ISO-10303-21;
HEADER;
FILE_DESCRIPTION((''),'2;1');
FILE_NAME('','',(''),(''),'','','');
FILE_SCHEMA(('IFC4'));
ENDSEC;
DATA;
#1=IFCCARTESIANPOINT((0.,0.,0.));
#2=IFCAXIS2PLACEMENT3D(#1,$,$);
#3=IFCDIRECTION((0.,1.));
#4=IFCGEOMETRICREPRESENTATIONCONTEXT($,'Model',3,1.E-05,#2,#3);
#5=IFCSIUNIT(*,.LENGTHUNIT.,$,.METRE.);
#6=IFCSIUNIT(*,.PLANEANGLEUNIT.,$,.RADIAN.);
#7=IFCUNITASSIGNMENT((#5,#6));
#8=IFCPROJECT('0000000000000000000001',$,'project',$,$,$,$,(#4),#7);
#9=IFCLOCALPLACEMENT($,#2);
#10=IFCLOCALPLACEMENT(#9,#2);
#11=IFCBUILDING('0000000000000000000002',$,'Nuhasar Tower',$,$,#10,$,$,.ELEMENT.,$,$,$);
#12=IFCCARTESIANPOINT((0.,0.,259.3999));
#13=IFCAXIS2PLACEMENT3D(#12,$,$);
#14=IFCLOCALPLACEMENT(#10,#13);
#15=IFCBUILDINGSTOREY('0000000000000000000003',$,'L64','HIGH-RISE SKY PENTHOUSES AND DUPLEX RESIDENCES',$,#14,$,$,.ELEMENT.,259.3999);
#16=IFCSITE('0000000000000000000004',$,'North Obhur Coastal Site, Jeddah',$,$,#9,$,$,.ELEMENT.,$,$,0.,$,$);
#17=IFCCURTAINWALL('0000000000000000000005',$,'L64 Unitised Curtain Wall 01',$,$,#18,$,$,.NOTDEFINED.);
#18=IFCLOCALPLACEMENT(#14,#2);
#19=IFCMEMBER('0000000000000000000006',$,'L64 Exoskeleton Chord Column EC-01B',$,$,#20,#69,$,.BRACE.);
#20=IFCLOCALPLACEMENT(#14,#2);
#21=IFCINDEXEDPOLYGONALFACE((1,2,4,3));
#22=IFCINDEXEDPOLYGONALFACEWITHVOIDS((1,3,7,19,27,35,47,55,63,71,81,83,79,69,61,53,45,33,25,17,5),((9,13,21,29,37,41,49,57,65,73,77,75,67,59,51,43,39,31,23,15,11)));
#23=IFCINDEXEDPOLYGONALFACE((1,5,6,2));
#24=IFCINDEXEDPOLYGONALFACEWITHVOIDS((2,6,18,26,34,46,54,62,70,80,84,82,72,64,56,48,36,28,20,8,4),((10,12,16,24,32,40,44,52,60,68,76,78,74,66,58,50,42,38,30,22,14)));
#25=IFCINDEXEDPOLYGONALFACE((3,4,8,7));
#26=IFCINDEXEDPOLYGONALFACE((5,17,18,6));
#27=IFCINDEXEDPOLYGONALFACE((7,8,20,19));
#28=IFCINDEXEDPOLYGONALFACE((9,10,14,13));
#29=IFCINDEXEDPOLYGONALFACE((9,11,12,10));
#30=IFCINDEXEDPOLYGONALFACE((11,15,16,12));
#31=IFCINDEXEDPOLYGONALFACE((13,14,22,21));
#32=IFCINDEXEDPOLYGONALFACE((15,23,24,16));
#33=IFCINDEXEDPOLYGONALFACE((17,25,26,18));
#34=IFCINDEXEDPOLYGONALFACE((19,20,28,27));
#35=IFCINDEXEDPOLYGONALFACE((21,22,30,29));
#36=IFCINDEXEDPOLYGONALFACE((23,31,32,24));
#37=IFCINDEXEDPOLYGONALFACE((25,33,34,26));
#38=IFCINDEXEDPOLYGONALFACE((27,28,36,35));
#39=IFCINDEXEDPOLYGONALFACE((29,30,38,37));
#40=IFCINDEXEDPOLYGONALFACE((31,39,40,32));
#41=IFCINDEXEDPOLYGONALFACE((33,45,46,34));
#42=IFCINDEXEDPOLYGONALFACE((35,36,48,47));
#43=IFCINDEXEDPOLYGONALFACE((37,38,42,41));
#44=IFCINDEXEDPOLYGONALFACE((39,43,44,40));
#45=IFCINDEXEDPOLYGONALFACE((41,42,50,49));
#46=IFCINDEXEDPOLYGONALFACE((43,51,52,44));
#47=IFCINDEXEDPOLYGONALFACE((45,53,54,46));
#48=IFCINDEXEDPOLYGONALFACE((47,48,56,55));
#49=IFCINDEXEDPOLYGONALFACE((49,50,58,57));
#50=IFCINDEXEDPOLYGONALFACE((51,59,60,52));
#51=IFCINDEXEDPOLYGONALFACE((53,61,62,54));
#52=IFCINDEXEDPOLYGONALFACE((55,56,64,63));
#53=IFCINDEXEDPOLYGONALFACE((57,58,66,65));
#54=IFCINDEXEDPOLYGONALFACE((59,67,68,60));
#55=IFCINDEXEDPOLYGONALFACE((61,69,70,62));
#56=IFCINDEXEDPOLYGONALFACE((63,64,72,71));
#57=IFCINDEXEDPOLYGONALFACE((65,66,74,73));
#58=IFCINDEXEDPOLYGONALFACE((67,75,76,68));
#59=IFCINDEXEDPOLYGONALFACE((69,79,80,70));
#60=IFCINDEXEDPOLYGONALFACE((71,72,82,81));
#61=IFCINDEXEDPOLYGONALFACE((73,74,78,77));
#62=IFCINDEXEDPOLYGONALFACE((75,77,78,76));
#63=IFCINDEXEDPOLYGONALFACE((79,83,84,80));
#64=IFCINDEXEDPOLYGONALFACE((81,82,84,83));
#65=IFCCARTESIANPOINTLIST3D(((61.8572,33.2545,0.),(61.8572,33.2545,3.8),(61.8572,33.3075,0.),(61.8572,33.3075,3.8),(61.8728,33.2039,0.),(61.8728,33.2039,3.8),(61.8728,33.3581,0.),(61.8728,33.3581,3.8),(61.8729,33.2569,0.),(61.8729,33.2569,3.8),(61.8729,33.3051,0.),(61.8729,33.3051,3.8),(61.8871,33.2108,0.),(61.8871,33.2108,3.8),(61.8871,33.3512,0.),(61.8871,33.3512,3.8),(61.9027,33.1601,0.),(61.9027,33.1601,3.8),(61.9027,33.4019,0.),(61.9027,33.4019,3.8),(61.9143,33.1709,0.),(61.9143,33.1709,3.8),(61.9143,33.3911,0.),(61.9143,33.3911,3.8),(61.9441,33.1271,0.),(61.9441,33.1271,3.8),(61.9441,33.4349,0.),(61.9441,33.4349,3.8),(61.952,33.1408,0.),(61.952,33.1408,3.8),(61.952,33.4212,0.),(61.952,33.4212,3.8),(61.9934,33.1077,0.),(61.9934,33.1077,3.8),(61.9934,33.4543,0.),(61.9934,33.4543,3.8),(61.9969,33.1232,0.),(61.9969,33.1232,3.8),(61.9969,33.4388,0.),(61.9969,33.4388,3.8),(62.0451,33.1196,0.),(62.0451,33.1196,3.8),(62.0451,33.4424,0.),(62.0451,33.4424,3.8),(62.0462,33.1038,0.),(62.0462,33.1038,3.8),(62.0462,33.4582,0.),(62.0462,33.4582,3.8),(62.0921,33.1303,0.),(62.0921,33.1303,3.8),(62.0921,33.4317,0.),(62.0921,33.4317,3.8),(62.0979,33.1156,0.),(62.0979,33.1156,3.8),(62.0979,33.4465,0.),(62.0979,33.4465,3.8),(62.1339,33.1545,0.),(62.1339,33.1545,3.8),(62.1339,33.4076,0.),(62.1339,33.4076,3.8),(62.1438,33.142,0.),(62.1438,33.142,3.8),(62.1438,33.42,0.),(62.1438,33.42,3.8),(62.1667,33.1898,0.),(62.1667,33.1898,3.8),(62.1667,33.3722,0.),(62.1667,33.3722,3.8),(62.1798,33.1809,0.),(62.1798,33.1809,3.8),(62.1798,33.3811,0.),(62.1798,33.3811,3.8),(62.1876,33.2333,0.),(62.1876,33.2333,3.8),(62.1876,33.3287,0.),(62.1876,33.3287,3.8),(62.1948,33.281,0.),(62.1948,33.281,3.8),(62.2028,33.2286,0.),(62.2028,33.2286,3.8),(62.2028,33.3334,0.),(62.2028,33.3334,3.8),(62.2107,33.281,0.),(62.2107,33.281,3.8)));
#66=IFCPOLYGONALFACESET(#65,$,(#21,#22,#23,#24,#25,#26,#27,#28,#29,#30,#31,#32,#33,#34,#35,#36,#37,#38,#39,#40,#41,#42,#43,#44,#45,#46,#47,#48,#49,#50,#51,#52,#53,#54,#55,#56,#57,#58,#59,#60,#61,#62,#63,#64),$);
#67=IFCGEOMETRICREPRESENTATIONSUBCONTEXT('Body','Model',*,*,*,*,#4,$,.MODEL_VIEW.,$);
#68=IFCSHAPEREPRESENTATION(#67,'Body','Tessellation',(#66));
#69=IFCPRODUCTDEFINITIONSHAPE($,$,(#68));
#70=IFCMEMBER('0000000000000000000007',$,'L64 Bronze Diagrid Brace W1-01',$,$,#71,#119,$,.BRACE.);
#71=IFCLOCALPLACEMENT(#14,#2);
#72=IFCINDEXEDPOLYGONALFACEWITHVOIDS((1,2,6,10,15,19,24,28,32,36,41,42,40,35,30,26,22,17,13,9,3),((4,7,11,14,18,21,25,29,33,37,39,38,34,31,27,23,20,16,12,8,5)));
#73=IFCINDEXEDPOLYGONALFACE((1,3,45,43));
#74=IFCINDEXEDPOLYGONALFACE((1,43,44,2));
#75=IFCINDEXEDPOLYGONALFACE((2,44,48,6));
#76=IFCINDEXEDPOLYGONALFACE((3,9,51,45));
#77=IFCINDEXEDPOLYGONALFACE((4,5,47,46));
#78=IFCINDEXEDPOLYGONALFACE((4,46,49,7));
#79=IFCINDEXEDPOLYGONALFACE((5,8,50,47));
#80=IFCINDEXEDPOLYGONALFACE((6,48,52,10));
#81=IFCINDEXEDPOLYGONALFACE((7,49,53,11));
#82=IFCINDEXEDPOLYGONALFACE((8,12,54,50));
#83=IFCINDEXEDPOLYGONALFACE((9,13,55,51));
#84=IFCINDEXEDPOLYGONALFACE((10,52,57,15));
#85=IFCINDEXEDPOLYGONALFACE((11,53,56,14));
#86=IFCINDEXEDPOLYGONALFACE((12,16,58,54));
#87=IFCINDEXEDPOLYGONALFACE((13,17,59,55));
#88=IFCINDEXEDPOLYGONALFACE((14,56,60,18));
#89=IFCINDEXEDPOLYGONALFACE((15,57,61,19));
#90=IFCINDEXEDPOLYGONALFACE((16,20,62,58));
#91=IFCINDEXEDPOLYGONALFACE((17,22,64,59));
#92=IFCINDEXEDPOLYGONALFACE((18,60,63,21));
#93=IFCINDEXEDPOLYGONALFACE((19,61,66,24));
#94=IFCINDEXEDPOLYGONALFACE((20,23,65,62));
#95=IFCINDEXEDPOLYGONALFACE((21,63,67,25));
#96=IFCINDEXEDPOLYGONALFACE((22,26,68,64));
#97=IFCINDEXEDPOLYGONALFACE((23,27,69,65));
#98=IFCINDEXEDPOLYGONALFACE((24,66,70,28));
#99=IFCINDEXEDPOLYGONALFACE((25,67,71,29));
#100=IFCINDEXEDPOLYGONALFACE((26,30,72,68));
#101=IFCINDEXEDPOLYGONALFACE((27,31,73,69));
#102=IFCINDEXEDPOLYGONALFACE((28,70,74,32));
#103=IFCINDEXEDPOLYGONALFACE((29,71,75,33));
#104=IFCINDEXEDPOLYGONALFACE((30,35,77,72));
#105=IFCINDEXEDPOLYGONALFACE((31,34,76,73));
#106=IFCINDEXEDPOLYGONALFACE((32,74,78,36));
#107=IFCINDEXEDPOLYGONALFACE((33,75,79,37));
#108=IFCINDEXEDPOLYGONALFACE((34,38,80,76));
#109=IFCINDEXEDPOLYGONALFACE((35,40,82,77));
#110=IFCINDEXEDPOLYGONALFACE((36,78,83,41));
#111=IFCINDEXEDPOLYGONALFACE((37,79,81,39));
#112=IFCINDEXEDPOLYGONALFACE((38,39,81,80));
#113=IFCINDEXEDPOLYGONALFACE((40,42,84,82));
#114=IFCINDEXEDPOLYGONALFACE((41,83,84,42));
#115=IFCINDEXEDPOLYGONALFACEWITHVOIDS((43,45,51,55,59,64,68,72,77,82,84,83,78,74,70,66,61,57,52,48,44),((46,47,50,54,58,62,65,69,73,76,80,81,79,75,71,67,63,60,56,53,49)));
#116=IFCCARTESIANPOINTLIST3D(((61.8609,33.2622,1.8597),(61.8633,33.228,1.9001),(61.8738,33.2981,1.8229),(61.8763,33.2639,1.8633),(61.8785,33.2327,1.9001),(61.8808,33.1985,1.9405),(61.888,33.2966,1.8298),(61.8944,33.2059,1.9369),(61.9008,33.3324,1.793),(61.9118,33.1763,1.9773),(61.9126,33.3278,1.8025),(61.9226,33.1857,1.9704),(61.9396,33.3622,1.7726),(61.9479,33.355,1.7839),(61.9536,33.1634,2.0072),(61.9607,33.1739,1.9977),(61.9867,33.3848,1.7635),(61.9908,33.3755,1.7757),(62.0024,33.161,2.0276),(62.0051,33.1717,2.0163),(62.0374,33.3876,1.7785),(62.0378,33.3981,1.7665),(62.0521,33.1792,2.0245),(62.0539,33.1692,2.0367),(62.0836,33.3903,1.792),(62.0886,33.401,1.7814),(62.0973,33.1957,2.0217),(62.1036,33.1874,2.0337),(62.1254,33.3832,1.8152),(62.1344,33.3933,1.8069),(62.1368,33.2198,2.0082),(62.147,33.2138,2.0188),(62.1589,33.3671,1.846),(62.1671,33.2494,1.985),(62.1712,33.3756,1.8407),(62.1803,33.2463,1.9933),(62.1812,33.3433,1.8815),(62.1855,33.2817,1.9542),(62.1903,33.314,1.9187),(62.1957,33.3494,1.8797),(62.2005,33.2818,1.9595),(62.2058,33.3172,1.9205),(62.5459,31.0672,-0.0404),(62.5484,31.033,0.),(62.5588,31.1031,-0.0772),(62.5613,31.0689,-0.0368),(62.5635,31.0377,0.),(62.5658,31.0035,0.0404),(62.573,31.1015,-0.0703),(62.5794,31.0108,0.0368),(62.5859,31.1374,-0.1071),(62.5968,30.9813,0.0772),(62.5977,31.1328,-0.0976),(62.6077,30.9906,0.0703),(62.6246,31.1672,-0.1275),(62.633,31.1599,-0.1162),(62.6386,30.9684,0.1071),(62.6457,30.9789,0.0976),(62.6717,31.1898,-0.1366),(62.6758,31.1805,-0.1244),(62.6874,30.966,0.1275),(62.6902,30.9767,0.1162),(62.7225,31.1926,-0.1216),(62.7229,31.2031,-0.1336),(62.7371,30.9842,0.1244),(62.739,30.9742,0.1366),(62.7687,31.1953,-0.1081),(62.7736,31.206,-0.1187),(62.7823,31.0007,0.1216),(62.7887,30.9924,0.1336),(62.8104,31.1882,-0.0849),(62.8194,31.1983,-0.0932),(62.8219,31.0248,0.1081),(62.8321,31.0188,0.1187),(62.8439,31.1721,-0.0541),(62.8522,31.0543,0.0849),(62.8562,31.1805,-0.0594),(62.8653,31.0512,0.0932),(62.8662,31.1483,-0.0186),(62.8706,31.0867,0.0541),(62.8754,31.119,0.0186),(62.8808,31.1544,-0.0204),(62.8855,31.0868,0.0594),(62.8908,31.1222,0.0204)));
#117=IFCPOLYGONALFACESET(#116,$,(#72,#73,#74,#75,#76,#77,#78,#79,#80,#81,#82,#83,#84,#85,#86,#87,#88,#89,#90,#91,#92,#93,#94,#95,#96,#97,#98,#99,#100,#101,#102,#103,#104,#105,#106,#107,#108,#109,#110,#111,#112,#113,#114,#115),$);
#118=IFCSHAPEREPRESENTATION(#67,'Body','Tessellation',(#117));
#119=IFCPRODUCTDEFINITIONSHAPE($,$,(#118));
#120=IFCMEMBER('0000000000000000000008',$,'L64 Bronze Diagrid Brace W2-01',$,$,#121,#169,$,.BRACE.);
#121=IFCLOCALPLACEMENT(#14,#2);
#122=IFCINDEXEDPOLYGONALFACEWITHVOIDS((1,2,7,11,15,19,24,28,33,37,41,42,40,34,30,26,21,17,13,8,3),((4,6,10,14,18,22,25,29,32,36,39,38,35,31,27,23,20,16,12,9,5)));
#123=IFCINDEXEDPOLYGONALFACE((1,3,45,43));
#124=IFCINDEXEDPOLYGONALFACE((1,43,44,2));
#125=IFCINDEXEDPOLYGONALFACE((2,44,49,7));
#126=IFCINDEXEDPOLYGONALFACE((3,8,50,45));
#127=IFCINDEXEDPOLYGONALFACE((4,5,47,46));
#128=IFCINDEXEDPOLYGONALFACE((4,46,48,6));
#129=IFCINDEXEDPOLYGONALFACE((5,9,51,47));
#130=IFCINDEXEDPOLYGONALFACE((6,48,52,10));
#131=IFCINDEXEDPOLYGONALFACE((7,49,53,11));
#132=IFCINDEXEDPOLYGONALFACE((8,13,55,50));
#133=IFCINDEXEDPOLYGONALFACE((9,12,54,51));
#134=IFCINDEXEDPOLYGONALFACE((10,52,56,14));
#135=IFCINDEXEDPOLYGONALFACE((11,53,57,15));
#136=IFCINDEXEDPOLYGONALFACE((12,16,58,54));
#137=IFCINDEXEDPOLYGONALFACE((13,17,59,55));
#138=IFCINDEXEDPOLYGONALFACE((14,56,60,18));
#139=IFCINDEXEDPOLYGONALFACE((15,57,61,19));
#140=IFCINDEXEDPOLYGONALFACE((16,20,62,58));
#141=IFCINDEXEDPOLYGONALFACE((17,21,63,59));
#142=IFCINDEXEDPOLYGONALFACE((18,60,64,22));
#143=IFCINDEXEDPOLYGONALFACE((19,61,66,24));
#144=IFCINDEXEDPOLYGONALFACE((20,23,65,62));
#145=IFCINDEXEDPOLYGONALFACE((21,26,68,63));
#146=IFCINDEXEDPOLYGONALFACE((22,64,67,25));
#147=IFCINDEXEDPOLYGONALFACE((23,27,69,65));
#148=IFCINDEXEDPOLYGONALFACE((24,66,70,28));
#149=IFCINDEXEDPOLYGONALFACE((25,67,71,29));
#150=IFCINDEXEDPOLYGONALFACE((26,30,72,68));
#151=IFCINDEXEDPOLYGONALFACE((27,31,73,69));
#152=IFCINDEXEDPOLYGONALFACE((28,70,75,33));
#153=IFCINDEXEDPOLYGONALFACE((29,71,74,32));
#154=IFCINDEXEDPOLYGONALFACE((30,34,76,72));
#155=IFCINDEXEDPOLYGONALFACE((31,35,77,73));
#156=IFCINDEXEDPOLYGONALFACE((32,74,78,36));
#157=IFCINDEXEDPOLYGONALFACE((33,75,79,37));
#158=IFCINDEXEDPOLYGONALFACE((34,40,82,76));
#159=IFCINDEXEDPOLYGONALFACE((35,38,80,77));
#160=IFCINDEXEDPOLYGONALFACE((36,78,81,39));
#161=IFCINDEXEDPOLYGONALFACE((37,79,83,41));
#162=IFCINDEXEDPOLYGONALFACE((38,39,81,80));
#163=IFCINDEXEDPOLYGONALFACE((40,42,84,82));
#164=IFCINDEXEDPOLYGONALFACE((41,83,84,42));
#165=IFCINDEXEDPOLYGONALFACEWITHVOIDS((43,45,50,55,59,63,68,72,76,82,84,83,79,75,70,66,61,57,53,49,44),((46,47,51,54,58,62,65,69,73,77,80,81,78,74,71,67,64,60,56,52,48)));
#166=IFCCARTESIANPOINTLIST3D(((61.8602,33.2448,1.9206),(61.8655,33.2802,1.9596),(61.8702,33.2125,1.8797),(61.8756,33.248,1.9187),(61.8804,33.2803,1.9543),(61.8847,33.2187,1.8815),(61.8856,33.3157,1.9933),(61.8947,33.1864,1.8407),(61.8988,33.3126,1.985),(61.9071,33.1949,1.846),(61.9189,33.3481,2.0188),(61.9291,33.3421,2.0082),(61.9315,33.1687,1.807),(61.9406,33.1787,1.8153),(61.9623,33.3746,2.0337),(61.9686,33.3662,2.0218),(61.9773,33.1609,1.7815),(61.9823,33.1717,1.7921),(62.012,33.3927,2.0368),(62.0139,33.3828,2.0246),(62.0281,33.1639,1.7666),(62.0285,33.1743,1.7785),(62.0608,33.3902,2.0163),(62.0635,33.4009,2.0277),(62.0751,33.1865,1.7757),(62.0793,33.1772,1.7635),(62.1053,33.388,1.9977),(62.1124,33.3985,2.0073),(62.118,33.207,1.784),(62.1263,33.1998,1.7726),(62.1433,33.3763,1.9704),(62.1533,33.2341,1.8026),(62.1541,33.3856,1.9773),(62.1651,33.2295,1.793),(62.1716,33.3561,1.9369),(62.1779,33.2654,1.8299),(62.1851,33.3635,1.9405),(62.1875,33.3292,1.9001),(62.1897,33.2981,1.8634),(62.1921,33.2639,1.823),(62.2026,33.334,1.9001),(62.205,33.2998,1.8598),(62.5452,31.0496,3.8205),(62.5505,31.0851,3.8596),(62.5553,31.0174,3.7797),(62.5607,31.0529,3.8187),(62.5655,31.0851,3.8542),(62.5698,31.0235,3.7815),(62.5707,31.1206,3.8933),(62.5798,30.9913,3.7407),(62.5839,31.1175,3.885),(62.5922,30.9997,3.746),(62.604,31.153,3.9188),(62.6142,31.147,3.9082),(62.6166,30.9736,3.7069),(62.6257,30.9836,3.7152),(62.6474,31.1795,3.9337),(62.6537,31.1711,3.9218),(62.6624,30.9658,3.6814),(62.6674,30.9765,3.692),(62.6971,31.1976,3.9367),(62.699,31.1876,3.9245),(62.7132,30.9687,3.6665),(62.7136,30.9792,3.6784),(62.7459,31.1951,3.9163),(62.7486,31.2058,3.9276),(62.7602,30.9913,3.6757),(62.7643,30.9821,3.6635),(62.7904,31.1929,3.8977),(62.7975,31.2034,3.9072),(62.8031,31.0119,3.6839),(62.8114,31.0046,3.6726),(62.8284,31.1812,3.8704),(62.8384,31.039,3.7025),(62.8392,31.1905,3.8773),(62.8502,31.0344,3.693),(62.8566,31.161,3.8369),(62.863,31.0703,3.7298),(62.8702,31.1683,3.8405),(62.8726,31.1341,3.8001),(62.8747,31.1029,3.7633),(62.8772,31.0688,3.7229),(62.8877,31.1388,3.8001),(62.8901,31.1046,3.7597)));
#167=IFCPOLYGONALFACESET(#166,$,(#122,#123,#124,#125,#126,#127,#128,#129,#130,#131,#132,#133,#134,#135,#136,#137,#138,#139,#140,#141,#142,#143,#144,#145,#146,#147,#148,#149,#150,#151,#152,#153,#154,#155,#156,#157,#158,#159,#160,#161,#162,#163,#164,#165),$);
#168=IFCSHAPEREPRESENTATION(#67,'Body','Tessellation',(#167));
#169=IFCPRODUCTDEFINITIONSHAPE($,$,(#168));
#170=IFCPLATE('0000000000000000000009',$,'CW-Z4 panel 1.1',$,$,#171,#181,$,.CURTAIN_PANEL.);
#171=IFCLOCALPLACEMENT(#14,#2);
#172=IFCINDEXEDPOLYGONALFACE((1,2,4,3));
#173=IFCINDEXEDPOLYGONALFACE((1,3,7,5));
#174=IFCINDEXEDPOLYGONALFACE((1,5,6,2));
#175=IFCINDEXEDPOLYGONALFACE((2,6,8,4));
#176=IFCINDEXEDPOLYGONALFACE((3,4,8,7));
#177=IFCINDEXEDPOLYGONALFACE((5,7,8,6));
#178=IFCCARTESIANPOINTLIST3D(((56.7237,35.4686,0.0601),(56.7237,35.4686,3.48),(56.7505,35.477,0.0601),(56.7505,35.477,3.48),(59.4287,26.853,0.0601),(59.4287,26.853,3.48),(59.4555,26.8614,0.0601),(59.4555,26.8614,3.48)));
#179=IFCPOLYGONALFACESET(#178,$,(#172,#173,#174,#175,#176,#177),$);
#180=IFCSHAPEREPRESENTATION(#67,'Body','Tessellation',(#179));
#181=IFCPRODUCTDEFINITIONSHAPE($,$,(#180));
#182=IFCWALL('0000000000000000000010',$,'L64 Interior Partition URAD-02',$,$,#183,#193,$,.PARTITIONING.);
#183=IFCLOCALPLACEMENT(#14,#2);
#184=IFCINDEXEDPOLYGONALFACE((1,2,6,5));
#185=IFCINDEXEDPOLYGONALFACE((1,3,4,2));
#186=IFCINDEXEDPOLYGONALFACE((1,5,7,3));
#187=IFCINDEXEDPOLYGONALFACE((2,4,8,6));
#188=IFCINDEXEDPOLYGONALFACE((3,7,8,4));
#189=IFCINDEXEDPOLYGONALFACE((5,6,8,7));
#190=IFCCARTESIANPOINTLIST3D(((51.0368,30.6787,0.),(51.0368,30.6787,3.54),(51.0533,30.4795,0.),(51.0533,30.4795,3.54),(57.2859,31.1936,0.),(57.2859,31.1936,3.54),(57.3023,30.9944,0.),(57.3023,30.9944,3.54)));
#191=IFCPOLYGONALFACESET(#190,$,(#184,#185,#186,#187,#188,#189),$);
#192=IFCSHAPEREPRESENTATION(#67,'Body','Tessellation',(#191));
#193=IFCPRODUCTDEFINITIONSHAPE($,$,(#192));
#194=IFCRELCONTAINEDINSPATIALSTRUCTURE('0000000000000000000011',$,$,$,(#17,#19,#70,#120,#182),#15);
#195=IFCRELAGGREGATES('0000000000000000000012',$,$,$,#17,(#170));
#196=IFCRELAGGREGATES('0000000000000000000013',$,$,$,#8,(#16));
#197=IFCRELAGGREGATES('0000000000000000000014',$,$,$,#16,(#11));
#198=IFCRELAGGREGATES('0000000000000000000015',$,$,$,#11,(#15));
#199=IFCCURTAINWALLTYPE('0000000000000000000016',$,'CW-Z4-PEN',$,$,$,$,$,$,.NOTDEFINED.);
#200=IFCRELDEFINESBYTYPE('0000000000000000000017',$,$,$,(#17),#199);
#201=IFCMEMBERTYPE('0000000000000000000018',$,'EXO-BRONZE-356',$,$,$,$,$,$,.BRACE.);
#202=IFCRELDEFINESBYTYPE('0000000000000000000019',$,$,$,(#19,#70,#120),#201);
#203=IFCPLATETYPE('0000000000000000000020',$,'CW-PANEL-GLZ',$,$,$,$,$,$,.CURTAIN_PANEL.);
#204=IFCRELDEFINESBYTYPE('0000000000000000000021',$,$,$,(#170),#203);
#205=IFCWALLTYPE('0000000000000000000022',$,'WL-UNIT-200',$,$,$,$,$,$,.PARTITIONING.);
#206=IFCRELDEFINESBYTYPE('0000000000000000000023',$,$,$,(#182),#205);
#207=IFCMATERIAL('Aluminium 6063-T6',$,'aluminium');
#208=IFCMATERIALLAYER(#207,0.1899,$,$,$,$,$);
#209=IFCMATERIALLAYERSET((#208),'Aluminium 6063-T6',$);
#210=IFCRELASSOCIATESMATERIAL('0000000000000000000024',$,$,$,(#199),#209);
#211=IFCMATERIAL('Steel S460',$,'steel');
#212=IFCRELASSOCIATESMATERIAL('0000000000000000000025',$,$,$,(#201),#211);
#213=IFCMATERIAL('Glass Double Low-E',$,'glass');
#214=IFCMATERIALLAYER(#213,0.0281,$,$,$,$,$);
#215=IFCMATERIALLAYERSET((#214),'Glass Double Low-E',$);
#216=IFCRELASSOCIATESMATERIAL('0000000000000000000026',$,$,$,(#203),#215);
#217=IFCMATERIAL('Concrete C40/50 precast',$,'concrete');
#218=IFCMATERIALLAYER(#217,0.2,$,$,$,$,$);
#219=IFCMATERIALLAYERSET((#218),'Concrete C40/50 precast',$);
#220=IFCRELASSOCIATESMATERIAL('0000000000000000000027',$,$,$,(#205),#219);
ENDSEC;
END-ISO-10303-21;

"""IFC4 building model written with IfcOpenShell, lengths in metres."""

from ifc_helpers import new_model, si_unit, direction, frame, frame_2d, origin, origin_2d, place, context, subcontext, project, spatial, rectangle, hollow_circle, extrude, material, layer, layer_set, material_profile, profile_set, type_object, element, aggregate, save


model = new_model("IFC4")

# Units and contexts
model_context = context("Model", 3, precision=1e-05, world=origin(), true_north=direction((0.0, 1.0)))
body_context = subcontext(model_context, "Body", "Model", "MODEL_VIEW")
ifc_project = project(units=[si_unit("LENGTHUNIT", "METRE"), si_unit("PLANEANGLEUNIT", "RADIAN")], contexts=[model_context])

# Site, building, storey
site_placement = place(None, origin())
site = spatial("IfcSite", under=ifc_project, at=site_placement, Name="North Obhur Coastal Site, Jeddah", CompositionType="ELEMENT", RefElevation=0.0)
building_placement = place(site_placement, origin())
building = spatial("IfcBuilding", under=site, at=building_placement, Name="Nuhasar Tower", CompositionType="ELEMENT")
storey_placement = place(building_placement, frame((0.0, 0.0, 259.3999)))
storey = spatial("IfcBuildingStorey", under=building, at=storey_placement, Name="L64", Description="HIGH-RISE SKY PENTHOUSES AND DUPLEX RESIDENCES", CompositionType="ELEMENT", Elevation=259.3999)

# Curtain wall
ifc_material_1 = material(Name="Aluminium 6063-T6", Category="aluminium")
ifc_layer_1 = layer(ifc_material_1, 0.1899)
ifc_layer_set_1 = layer_set([ifc_layer_1], Name="Aluminium 6063-T6")
curtain_wall_type = type_object("IfcCurtainWallType", Name="CW-Z4-PEN", PredefinedType="NOTDEFINED", material=ifc_layer_set_1)
curtain_wall_placement = place(storey_placement, origin())
curtain_wall = element("IfcCurtainWall", 1, at=curtain_wall_placement, inside=storey, type_object=curtain_wall_type, Name="L64 Unitised Curtain Wall 01", PredefinedType="NOTDEFINED")

# Members
ifc_material_2 = material(Name="Steel S460", Category="steel")
ifc_material_profile_1 = material_profile(ifc_material_2, hollow_circle(Radius=0.1777, WallThickness=0.0159, at=origin_2d()), Name="HSS355.6X15.9")
ifc_profile_set_1 = profile_set([ifc_material_profile_1], Name="Steel S460")
member_type_1 = type_object("IfcMemberType", Name="EXO-BRONZE-356", PredefinedType="BRACE", material=ifc_profile_set_1)
for number, where, z_axis, x_axis, name in (
    (2, (62.033, 33.281, 0.0), (0.0, 0.0, 1.0), (1.0, 0.0, 0.0), "L64 Exoskeleton Chord Column EC-01B"),
):
    element("IfcMember", number, at=place(storey_placement, frame(where, z_axis=z_axis, x_axis=x_axis)), inside=storey, type_object=member_type_1, Name=name, PredefinedType="BRACE", context=body_context, shape_type="SweptSolid", body=[
        extrude(hollow_circle(Radius=0.1777, WallThickness=0.0159, at=origin_2d()), origin(), (0.0, 0.0, 1.0), 3.8),
    ])
for number, where, z_axis, x_axis, name in (
    (3, (62.718, 31.0859, 0.0), (-0.229656, 0.735864, 0.636995), (-0.954591, -0.297918, 0.0), "L64 Bronze Diagrid Brace W1-01"),
    (4, (62.033, 33.281, 1.9001), (0.229668, -0.735902, 0.636947), (0.954591, 0.297918, 0.0), "L64 Bronze Diagrid Brace W2-01"),
):
    element("IfcMember", number, at=place(storey_placement, frame(where, z_axis=z_axis, x_axis=x_axis)), inside=storey, type_object=member_type_1, Name=name, PredefinedType="BRACE", context=body_context, shape_type="SweptSolid", body=[
        extrude(hollow_circle(Radius=0.1777, WallThickness=0.0159, at=origin_2d()), origin(), (0.0, 0.0, 1.0), 2.9829),
    ])

# Plate
ifc_material_3 = material(Name="Glass Double Low-E", Category="glass")
ifc_layer_2 = layer(ifc_material_3, 0.0281)
ifc_layer_set_2 = layer_set([ifc_layer_2], Name="Glass Double Low-E")
plate_type = type_object("IfcPlateType", Name="CW-PANEL-GLZ", PredefinedType="CURTAIN_PANEL", material=ifc_layer_set_2)
plate_placement = place(storey_placement, frame((58.0896, 31.165, 0.0601), z_axis=(0.0, 0.0, 1.0), x_axis=(-0.299557, 0.954079, 0.0)))
plate = element("IfcPlate", 5, at=plate_placement, type_object=plate_type, Name="CW-Z4 panel 1.1", PredefinedType="CURTAIN_PANEL", context=body_context, shape_type="SweptSolid", body=[
    extrude(rectangle(XDim=9.0303, YDim=0.0281, at=origin_2d()), origin(), (0.0, 0.0, 1.0), 3.4199),
])
aggregate(curtain_wall, [plate])

# Wall
ifc_material_4 = material(Name="Concrete C40/50 precast", Category="concrete")
ifc_layer_3 = layer(ifc_material_4, 0.2)
ifc_layer_set_3 = layer_set([ifc_layer_3], Name="Concrete C40/50 precast")
wall_type_1 = type_object("IfcWallType", Name="WL-UNIT-200", PredefinedType="PARTITIONING", material=ifc_layer_set_3)
wall_1_placement = place(storey_placement, frame((51.0449, 30.5791, 0.0), z_axis=(0.0, 0.0, 1.0), x_axis=(0.996623, 0.082117, 0.0)))
element("IfcWall", 6, at=wall_1_placement, inside=storey, type_object=wall_type_1, Name="L64 Interior Partition URAD-02", PredefinedType="PARTITIONING", context=body_context, shape_type="SweptSolid", body=[
    extrude(rectangle(XDim=6.2703, YDim=0.2, at=frame_2d((3.1353, 0.0))), origin(), (0.0, 0.0, 1.0), 3.54),
])

save(model, "model.ifc")
